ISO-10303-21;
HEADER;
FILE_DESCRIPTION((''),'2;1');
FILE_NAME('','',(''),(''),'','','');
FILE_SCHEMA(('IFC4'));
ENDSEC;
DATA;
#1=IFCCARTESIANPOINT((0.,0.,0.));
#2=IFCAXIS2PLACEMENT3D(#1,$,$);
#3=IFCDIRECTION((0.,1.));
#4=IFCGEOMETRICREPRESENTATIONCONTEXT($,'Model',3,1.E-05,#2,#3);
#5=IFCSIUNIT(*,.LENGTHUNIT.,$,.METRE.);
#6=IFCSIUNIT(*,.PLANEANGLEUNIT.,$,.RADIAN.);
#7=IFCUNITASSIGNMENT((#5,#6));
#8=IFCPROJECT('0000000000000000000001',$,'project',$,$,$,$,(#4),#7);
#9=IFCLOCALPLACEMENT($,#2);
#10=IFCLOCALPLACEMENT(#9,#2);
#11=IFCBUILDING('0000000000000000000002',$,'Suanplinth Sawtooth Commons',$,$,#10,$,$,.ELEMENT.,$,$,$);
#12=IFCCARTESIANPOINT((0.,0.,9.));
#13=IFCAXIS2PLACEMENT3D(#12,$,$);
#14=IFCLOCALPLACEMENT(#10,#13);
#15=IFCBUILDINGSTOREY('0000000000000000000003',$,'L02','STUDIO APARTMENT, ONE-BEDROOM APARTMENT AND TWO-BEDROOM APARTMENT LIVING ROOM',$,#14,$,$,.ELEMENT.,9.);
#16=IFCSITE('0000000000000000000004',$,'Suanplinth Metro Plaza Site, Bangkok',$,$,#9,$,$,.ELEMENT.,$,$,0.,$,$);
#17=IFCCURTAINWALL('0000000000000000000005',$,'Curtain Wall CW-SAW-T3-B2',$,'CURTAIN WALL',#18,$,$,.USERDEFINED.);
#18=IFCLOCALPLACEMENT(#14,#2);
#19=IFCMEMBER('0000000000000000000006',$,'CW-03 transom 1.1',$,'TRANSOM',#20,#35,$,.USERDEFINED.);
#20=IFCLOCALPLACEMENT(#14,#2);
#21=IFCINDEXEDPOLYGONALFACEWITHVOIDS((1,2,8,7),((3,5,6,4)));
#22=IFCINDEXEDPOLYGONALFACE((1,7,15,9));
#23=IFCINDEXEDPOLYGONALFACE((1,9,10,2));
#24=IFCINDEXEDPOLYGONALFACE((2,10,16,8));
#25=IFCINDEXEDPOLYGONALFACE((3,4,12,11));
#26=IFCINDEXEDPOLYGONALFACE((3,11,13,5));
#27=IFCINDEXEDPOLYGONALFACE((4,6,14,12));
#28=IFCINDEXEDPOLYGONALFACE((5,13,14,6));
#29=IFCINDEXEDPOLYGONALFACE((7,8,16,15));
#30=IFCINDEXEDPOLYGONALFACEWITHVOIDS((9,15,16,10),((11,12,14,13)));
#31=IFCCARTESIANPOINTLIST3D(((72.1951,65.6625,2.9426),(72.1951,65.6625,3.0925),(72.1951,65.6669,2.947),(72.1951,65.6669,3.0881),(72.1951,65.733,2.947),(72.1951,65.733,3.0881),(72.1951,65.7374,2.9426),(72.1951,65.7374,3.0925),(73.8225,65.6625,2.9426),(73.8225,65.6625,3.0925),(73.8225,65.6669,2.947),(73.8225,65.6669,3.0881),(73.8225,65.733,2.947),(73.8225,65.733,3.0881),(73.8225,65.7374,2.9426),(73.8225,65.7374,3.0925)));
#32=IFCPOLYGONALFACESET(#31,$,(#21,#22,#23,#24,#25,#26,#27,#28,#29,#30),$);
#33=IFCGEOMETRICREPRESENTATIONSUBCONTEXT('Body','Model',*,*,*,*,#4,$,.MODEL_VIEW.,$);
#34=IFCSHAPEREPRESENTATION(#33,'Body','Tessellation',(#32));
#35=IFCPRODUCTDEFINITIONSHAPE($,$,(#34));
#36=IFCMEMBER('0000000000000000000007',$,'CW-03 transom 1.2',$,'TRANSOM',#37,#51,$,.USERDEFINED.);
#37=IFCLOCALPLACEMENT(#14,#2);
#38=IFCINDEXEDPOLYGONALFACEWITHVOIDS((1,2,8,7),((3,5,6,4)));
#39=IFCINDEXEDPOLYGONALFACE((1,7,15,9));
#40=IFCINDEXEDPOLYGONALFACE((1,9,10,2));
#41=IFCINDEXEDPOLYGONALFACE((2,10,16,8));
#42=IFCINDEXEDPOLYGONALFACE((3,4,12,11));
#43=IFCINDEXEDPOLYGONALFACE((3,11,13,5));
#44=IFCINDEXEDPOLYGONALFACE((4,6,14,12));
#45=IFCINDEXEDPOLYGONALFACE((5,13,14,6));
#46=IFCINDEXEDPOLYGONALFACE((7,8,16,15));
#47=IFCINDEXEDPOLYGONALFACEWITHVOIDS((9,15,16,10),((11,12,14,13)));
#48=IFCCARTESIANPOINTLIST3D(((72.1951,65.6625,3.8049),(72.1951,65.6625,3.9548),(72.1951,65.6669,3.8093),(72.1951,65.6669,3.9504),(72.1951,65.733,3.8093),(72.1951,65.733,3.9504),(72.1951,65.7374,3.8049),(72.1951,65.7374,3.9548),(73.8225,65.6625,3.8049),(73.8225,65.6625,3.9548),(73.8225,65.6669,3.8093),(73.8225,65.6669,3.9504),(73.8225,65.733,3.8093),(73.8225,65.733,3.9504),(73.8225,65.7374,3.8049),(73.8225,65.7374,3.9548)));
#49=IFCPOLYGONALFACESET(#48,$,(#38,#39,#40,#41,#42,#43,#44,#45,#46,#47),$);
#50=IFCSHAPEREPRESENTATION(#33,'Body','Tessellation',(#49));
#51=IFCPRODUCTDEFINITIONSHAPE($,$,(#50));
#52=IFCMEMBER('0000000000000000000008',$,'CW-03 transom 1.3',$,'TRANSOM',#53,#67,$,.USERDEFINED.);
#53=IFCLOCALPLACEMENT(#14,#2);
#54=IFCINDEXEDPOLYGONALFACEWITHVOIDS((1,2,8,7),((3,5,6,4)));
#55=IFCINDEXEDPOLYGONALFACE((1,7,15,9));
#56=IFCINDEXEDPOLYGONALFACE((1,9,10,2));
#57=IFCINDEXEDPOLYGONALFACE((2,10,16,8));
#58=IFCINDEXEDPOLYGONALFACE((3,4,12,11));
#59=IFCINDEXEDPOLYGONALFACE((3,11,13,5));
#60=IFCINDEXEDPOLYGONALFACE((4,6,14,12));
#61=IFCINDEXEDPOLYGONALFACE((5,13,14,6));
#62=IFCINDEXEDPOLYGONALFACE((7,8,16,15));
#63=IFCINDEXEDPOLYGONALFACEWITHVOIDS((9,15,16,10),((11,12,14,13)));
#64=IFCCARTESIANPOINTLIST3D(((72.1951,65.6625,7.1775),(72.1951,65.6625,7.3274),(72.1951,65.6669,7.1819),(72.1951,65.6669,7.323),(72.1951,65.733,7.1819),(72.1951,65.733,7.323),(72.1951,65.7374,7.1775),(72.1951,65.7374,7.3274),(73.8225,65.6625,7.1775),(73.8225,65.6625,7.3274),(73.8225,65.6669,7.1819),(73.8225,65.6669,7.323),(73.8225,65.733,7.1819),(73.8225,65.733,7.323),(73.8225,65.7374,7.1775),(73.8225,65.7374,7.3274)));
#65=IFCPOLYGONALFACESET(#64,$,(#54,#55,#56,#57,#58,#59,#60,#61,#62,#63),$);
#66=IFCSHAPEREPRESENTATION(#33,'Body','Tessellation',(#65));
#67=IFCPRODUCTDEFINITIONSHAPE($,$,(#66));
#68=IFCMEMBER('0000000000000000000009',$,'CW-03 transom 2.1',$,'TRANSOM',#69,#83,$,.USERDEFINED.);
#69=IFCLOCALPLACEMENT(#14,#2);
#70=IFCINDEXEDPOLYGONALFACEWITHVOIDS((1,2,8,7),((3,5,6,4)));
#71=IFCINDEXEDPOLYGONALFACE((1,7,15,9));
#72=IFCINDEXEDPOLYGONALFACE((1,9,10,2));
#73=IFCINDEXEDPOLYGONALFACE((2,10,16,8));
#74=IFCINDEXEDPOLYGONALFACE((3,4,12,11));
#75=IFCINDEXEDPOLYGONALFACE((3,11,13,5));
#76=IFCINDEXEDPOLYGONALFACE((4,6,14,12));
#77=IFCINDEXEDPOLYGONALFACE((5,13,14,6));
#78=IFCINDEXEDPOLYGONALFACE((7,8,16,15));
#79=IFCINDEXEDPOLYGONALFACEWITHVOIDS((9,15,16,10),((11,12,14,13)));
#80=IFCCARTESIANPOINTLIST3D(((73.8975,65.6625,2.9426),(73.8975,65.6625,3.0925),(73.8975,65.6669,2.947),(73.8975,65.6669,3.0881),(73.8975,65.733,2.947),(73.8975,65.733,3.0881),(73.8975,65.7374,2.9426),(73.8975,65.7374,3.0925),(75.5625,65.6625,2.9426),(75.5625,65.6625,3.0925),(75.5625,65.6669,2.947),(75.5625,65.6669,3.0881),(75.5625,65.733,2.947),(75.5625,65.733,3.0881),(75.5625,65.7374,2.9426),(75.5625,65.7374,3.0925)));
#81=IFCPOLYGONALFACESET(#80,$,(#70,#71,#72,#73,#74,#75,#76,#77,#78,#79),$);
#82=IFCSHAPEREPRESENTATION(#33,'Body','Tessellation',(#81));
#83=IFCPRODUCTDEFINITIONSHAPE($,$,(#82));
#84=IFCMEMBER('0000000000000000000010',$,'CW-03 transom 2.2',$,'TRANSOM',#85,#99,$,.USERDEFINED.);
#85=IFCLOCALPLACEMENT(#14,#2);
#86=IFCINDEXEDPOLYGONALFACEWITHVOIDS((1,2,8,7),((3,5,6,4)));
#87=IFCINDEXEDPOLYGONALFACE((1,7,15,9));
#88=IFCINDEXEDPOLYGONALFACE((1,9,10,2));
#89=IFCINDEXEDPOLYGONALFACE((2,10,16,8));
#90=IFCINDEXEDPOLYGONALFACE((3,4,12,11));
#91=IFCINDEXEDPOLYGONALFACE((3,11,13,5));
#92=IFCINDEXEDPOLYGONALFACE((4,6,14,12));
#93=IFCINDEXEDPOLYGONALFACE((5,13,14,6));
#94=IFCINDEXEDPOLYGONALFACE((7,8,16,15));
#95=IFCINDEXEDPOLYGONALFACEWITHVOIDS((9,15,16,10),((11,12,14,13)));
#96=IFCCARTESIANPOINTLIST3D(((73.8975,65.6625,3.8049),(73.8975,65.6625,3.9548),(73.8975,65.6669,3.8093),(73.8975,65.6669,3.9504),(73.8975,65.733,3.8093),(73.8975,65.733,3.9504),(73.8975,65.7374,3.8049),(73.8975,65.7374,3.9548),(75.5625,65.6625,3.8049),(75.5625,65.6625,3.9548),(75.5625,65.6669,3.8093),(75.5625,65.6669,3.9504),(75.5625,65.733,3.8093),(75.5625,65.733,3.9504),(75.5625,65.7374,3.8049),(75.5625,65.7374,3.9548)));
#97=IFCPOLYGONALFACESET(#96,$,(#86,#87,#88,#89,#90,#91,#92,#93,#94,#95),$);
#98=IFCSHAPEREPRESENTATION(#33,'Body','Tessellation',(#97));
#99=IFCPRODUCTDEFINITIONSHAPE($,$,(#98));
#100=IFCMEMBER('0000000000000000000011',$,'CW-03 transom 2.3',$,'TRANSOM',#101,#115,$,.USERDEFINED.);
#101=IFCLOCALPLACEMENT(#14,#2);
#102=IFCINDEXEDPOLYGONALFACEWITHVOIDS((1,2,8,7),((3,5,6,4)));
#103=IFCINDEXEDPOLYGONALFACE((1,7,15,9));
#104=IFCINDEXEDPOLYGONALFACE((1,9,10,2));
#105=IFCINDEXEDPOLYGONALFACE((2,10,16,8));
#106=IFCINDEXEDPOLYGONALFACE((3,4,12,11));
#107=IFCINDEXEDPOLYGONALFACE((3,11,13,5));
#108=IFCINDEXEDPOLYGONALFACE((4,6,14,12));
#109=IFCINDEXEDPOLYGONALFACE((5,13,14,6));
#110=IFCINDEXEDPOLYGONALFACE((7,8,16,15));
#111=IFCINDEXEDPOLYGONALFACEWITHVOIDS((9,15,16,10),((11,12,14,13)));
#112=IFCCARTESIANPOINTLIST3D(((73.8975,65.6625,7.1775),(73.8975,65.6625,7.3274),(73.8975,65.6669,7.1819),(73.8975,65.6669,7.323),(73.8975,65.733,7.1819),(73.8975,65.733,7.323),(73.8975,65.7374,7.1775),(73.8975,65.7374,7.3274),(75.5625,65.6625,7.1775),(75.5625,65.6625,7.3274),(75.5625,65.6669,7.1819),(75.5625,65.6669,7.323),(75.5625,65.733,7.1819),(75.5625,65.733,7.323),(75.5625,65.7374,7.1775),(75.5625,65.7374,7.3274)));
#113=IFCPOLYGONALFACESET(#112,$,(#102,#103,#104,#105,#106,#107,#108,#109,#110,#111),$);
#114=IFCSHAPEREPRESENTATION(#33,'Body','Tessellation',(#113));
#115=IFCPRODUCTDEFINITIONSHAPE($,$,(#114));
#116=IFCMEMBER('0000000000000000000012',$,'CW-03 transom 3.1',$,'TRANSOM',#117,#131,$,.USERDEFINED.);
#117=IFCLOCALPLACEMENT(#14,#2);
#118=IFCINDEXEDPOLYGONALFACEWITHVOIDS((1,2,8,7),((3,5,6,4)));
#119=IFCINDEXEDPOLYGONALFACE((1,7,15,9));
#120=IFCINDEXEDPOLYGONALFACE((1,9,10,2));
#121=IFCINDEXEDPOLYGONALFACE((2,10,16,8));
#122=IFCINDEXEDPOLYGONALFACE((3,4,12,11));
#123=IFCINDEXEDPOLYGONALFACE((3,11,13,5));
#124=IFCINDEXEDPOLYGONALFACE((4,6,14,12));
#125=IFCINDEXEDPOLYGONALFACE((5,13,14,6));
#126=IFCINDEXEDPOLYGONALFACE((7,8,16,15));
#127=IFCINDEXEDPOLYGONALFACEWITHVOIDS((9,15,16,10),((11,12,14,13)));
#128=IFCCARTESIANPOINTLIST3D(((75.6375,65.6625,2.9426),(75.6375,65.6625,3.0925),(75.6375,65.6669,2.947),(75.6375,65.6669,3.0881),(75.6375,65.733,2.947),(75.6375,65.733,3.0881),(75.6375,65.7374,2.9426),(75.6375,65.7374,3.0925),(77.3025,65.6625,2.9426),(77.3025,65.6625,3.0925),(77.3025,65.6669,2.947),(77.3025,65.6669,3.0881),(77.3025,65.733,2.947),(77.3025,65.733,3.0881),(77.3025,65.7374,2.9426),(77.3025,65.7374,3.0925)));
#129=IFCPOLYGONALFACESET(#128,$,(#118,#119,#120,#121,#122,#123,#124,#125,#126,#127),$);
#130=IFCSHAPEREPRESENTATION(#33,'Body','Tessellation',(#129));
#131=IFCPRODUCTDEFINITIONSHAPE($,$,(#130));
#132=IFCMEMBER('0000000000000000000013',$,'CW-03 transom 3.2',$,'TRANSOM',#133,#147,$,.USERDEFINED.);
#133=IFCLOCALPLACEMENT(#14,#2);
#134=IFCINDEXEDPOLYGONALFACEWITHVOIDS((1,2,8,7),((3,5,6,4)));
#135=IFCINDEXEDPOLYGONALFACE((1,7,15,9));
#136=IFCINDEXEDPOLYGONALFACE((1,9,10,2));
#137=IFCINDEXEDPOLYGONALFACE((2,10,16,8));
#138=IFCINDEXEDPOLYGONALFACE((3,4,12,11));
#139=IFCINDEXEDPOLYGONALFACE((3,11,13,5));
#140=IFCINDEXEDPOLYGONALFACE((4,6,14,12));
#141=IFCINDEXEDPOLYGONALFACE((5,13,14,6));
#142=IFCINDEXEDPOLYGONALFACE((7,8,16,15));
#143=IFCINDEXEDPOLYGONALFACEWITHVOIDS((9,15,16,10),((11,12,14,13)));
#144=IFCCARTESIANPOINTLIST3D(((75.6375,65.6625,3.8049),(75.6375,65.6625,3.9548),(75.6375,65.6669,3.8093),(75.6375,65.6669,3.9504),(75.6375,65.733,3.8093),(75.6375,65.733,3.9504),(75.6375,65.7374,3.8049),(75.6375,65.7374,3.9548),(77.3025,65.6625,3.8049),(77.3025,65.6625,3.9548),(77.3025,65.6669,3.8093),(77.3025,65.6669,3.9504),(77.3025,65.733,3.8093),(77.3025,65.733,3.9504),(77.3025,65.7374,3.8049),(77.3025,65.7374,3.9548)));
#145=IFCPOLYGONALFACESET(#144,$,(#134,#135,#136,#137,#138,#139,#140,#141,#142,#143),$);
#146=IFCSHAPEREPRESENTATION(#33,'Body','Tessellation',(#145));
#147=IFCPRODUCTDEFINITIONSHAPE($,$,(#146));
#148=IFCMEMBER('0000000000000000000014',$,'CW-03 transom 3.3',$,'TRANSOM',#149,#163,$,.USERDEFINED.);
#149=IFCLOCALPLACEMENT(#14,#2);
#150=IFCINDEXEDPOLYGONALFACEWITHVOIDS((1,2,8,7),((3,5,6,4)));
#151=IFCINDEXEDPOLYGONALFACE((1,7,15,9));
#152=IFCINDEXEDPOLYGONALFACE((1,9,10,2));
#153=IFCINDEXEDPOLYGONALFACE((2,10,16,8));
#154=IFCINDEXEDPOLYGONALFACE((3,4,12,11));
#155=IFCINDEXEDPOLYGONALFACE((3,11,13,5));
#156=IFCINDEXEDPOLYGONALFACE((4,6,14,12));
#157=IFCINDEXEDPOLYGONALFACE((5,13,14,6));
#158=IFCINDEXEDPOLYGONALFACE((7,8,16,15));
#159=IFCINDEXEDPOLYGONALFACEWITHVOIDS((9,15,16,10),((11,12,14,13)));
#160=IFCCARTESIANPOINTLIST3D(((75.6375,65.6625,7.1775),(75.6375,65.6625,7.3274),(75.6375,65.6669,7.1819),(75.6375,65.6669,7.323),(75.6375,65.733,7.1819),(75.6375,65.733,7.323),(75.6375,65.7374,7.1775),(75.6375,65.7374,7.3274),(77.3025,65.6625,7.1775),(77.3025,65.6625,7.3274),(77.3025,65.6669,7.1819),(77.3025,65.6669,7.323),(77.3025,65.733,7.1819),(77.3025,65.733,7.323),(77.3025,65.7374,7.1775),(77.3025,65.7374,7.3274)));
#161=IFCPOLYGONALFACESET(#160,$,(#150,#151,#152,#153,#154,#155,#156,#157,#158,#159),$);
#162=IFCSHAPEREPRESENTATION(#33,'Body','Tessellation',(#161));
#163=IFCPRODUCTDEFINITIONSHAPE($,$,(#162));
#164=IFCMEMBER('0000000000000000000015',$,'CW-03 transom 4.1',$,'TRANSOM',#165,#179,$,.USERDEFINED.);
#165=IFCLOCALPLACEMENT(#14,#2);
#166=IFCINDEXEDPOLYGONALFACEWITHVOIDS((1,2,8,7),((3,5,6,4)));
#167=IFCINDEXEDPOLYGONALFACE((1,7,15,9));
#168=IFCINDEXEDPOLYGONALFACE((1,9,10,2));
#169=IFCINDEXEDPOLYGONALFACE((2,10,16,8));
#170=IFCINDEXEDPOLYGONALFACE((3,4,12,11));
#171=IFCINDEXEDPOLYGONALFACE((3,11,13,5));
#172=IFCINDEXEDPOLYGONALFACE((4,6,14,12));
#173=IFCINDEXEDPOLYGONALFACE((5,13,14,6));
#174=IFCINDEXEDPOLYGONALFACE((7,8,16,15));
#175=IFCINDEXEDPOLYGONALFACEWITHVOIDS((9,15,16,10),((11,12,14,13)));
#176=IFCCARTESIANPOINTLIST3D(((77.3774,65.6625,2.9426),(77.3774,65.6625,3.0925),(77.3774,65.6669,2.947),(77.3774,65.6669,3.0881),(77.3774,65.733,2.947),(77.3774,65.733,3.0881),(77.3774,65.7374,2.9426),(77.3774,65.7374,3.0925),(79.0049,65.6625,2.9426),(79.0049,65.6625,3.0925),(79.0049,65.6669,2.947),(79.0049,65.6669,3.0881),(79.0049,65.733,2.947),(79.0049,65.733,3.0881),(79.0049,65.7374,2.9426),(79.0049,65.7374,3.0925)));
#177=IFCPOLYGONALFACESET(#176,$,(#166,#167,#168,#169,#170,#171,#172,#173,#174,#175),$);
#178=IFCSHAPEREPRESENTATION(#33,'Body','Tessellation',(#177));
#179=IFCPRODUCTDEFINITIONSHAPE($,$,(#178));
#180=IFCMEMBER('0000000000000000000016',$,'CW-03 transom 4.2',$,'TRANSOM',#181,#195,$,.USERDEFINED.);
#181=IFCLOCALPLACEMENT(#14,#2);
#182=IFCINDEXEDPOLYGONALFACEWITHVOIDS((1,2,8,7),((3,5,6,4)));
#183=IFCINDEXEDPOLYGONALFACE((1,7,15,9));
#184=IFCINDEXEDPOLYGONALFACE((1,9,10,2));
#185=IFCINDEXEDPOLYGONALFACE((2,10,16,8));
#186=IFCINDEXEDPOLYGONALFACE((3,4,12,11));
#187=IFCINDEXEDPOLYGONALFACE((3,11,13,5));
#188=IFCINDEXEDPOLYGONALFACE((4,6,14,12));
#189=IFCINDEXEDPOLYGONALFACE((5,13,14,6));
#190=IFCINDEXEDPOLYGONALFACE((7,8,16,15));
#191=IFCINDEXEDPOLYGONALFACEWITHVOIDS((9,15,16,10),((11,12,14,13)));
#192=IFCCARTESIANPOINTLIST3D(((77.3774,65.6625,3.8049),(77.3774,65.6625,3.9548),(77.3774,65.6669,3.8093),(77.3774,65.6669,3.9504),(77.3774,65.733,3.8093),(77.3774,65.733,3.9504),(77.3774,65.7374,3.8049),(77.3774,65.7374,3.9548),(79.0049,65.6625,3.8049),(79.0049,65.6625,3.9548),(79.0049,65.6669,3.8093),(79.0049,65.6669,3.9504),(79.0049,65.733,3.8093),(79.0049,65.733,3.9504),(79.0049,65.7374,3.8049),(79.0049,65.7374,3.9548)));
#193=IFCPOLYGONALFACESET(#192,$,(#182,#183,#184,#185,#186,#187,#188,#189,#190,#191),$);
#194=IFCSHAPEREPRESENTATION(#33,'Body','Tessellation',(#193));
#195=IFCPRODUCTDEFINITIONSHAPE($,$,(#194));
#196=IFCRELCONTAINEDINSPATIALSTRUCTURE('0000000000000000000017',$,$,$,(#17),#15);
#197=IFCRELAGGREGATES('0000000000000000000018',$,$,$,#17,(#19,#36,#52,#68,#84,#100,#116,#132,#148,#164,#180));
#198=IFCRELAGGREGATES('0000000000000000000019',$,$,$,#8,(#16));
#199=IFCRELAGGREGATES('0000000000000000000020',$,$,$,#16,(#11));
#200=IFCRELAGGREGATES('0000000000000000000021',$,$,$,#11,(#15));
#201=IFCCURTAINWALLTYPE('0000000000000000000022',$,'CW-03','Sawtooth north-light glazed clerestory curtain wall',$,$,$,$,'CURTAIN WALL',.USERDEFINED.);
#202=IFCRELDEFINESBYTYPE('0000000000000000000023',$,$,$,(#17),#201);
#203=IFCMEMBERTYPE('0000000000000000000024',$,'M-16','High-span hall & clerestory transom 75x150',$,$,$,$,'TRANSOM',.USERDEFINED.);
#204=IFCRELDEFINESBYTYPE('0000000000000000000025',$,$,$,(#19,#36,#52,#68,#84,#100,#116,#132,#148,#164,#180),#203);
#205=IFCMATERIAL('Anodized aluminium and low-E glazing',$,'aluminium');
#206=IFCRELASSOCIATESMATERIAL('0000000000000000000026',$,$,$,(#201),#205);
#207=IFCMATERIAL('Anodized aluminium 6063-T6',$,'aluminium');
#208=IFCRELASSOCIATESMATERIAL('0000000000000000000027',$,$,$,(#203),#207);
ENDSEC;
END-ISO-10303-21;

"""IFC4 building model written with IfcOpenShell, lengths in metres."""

from ifc_helpers import new_model, si_unit, direction, frame, origin, origin_2d, place, context, subcontext, project, spatial, hollow_rectangle, extrude, material, material_profile, profile_set, type_object, element, aggregate, save


model = new_model("IFC4")

# Units and contexts
model_context = context("Model", 3, precision=1e-05, world=origin(), true_north=direction((0.0, 1.0)))
body_context = subcontext(model_context, "Body", "Model", "MODEL_VIEW")
ifc_project = project(units=[si_unit("LENGTHUNIT", "METRE"), si_unit("PLANEANGLEUNIT", "RADIAN")], contexts=[model_context])

# Site, building, storey
site_placement = place(None, origin())
site = spatial("IfcSite", under=ifc_project, at=site_placement, Name="Suanplinth Metro Plaza Site, Bangkok", CompositionType="ELEMENT", RefElevation=0.0)
building_placement = place(site_placement, origin())
building = spatial("IfcBuilding", under=site, at=building_placement, Name="Suanplinth Sawtooth Commons", CompositionType="ELEMENT")
storey_placement = place(building_placement, frame((0.0, 0.0, 9.0)))
storey = spatial("IfcBuildingStorey", under=building, at=storey_placement, Name="L02", Description="STUDIO APARTMENT, ONE-BEDROOM APARTMENT AND TWO-BEDROOM APARTMENT LIVING ROOM", CompositionType="ELEMENT", Elevation=9.0)

# Shared definitions
ifc_material_1 = material(Name="Anodized aluminium and low-E glazing", Category="aluminium")
curtain_wall_type = type_object("IfcCurtainWallType", Name="CW-03", Description="Sawtooth north-light glazed clerestory curtain wall", ElementType="CURTAIN WALL", PredefinedType="USERDEFINED", material=ifc_material_1)
ifc_material_2 = material(Name="Anodized aluminium 6063-T6", Category="aluminium")

# Curtain wall
curtain_wall_1_placement = place(storey_placement, origin())
curtain_wall_1 = element("IfcCurtainWall", 1, at=curtain_wall_1_placement, inside=storey, type_object=curtain_wall_type, Name="Curtain Wall CW-SAW-T3-B2", ObjectType="CURTAIN WALL", PredefinedType="USERDEFINED")

# Members
ifc_material_profile_1 = material_profile(ifc_material_2, hollow_rectangle(XDim=0.075, YDim=0.1499, WallThickness=0.0044, at=origin_2d()), Name="ALU-TRN 75x150")
ifc_profile_set_1 = profile_set([ifc_material_profile_1], Name="Anodized aluminium 6063-T6")
member_type_1 = type_object("IfcMemberType", Name="M-16", Description="High-span hall & clerestory transom 75x150", ElementType="TRANSOM", PredefinedType="USERDEFINED", material=ifc_profile_set_1)
member_1_placement = place(storey_placement, frame((72.1951, 65.7, 3.0176), z_axis=(1.0, 0.0, 0.0), x_axis=(0.0, 1.0, 0.0)))
member_1 = element("IfcMember", 2, at=member_1_placement, type_object=member_type_1, Name="CW-03 transom 1.1", ObjectType="TRANSOM", PredefinedType="USERDEFINED", context=body_context, shape_type="SweptSolid", body=[
    extrude(hollow_rectangle(XDim=0.075, YDim=0.1499, WallThickness=0.0044, at=origin_2d()), origin(), (0.0, 0.0, 1.0), 1.6274),
])
member_2_placement = place(storey_placement, frame((72.1951, 65.7, 3.8799), z_axis=(1.0, 0.0, 0.0), x_axis=(0.0, 1.0, 0.0)))
member_2 = element("IfcMember", 3, at=member_2_placement, type_object=member_type_1, Name="CW-03 transom 1.2", ObjectType="TRANSOM", PredefinedType="USERDEFINED", context=body_context, shape_type="SweptSolid", body=[
    extrude(hollow_rectangle(XDim=0.075, YDim=0.1499, WallThickness=0.0044, at=origin_2d()), origin(), (0.0, 0.0, 1.0), 1.6274),
])
member_3_placement = place(storey_placement, frame((72.1951, 65.7, 7.2524), z_axis=(1.0, 0.0, 0.0), x_axis=(0.0, 1.0, 0.0)))
member_3 = element("IfcMember", 4, at=member_3_placement, type_object=member_type_1, Name="CW-03 transom 1.3", ObjectType="TRANSOM", PredefinedType="USERDEFINED", context=body_context, shape_type="SweptSolid", body=[
    extrude(hollow_rectangle(XDim=0.075, YDim=0.1499, WallThickness=0.0044, at=origin_2d()), origin(), (0.0, 0.0, 1.0), 1.6274),
])
member_4_placement = place(storey_placement, frame((73.8975, 65.7, 3.0176), z_axis=(1.0, 0.0, 0.0), x_axis=(0.0, 1.0, 0.0)))
member_4 = element("IfcMember", 5, at=member_4_placement, type_object=member_type_1, Name="CW-03 transom 2.1", ObjectType="TRANSOM", PredefinedType="USERDEFINED", context=body_context, shape_type="SweptSolid", body=[
    extrude(hollow_rectangle(XDim=0.075, YDim=0.1499, WallThickness=0.0044, at=origin_2d()), origin(), (0.0, 0.0, 1.0), 1.665),
])
member_5_placement = place(storey_placement, frame((73.8975, 65.7, 3.8799), z_axis=(1.0, 0.0, 0.0), x_axis=(0.0, 1.0, 0.0)))
member_5 = element("IfcMember", 6, at=member_5_placement, type_object=member_type_1, Name="CW-03 transom 2.2", ObjectType="TRANSOM", PredefinedType="USERDEFINED", context=body_context, shape_type="SweptSolid", body=[
    extrude(hollow_rectangle(XDim=0.075, YDim=0.1499, WallThickness=0.0044, at=origin_2d()), origin(), (0.0, 0.0, 1.0), 1.665),
])
member_6_placement = place(storey_placement, frame((73.8975, 65.7, 7.2524), z_axis=(1.0, 0.0, 0.0), x_axis=(0.0, 1.0, 0.0)))
member_6 = element("IfcMember", 7, at=member_6_placement, type_object=member_type_1, Name="CW-03 transom 2.3", ObjectType="TRANSOM", PredefinedType="USERDEFINED", context=body_context, shape_type="SweptSolid", body=[
    extrude(hollow_rectangle(XDim=0.075, YDim=0.1499, WallThickness=0.0044, at=origin_2d()), origin(), (0.0, 0.0, 1.0), 1.665),
])
member_7_placement = place(storey_placement, frame((75.6375, 65.7, 3.0176), z_axis=(1.0, 0.0, 0.0), x_axis=(0.0, 1.0, 0.0)))
member_7 = element("IfcMember", 8, at=member_7_placement, type_object=member_type_1, Name="CW-03 transom 3.1", ObjectType="TRANSOM", PredefinedType="USERDEFINED", context=body_context, shape_type="SweptSolid", body=[
    extrude(hollow_rectangle(XDim=0.075, YDim=0.1499, WallThickness=0.0044, at=origin_2d()), origin(), (0.0, 0.0, 1.0), 1.665),
])
member_8_placement = place(storey_placement, frame((75.6375, 65.7, 3.8799), z_axis=(1.0, 0.0, 0.0), x_axis=(0.0, 1.0, 0.0)))
member_8 = element("IfcMember", 9, at=member_8_placement, type_object=member_type_1, Name="CW-03 transom 3.2", ObjectType="TRANSOM", PredefinedType="USERDEFINED", context=body_context, shape_type="SweptSolid", body=[
    extrude(hollow_rectangle(XDim=0.075, YDim=0.1499, WallThickness=0.0044, at=origin_2d()), origin(), (0.0, 0.0, 1.0), 1.665),
])
member_9_placement = place(storey_placement, frame((75.6375, 65.7, 7.2524), z_axis=(1.0, 0.0, 0.0), x_axis=(0.0, 1.0, 0.0)))
member_9 = element("IfcMember", 10, at=member_9_placement, type_object=member_type_1, Name="CW-03 transom 3.3", ObjectType="TRANSOM", PredefinedType="USERDEFINED", context=body_context, shape_type="SweptSolid", body=[
    extrude(hollow_rectangle(XDim=0.075, YDim=0.1499, WallThickness=0.0044, at=origin_2d()), origin(), (0.0, 0.0, 1.0), 1.665),
])
member_10_placement = place(storey_placement, frame((77.3774, 65.7, 3.0176), z_axis=(1.0, 0.0, 0.0), x_axis=(0.0, 1.0, 0.0)))
member_10 = element("IfcMember", 11, at=member_10_placement, type_object=member_type_1, Name="CW-03 transom 4.1", ObjectType="TRANSOM", PredefinedType="USERDEFINED", context=body_context, shape_type="SweptSolid", body=[
    extrude(hollow_rectangle(XDim=0.075, YDim=0.1499, WallThickness=0.0044, at=origin_2d()), origin(), (0.0, 0.0, 1.0), 1.6274),
])
member_11_placement = place(storey_placement, frame((77.3774, 65.7, 3.8799), z_axis=(1.0, 0.0, 0.0), x_axis=(0.0, 1.0, 0.0)))
member_11 = element("IfcMember", 12, at=member_11_placement, type_object=member_type_1, Name="CW-03 transom 4.2", ObjectType="TRANSOM", PredefinedType="USERDEFINED", context=body_context, shape_type="SweptSolid", body=[
    extrude(hollow_rectangle(XDim=0.075, YDim=0.1499, WallThickness=0.0044, at=origin_2d()), origin(), (0.0, 0.0, 1.0), 1.6274),
])

aggregate(curtain_wall_1, [member_1, member_2, member_3, member_4, member_5, member_6, member_7, member_8, member_9, member_10, member_11])

save(model, "model.ifc")
